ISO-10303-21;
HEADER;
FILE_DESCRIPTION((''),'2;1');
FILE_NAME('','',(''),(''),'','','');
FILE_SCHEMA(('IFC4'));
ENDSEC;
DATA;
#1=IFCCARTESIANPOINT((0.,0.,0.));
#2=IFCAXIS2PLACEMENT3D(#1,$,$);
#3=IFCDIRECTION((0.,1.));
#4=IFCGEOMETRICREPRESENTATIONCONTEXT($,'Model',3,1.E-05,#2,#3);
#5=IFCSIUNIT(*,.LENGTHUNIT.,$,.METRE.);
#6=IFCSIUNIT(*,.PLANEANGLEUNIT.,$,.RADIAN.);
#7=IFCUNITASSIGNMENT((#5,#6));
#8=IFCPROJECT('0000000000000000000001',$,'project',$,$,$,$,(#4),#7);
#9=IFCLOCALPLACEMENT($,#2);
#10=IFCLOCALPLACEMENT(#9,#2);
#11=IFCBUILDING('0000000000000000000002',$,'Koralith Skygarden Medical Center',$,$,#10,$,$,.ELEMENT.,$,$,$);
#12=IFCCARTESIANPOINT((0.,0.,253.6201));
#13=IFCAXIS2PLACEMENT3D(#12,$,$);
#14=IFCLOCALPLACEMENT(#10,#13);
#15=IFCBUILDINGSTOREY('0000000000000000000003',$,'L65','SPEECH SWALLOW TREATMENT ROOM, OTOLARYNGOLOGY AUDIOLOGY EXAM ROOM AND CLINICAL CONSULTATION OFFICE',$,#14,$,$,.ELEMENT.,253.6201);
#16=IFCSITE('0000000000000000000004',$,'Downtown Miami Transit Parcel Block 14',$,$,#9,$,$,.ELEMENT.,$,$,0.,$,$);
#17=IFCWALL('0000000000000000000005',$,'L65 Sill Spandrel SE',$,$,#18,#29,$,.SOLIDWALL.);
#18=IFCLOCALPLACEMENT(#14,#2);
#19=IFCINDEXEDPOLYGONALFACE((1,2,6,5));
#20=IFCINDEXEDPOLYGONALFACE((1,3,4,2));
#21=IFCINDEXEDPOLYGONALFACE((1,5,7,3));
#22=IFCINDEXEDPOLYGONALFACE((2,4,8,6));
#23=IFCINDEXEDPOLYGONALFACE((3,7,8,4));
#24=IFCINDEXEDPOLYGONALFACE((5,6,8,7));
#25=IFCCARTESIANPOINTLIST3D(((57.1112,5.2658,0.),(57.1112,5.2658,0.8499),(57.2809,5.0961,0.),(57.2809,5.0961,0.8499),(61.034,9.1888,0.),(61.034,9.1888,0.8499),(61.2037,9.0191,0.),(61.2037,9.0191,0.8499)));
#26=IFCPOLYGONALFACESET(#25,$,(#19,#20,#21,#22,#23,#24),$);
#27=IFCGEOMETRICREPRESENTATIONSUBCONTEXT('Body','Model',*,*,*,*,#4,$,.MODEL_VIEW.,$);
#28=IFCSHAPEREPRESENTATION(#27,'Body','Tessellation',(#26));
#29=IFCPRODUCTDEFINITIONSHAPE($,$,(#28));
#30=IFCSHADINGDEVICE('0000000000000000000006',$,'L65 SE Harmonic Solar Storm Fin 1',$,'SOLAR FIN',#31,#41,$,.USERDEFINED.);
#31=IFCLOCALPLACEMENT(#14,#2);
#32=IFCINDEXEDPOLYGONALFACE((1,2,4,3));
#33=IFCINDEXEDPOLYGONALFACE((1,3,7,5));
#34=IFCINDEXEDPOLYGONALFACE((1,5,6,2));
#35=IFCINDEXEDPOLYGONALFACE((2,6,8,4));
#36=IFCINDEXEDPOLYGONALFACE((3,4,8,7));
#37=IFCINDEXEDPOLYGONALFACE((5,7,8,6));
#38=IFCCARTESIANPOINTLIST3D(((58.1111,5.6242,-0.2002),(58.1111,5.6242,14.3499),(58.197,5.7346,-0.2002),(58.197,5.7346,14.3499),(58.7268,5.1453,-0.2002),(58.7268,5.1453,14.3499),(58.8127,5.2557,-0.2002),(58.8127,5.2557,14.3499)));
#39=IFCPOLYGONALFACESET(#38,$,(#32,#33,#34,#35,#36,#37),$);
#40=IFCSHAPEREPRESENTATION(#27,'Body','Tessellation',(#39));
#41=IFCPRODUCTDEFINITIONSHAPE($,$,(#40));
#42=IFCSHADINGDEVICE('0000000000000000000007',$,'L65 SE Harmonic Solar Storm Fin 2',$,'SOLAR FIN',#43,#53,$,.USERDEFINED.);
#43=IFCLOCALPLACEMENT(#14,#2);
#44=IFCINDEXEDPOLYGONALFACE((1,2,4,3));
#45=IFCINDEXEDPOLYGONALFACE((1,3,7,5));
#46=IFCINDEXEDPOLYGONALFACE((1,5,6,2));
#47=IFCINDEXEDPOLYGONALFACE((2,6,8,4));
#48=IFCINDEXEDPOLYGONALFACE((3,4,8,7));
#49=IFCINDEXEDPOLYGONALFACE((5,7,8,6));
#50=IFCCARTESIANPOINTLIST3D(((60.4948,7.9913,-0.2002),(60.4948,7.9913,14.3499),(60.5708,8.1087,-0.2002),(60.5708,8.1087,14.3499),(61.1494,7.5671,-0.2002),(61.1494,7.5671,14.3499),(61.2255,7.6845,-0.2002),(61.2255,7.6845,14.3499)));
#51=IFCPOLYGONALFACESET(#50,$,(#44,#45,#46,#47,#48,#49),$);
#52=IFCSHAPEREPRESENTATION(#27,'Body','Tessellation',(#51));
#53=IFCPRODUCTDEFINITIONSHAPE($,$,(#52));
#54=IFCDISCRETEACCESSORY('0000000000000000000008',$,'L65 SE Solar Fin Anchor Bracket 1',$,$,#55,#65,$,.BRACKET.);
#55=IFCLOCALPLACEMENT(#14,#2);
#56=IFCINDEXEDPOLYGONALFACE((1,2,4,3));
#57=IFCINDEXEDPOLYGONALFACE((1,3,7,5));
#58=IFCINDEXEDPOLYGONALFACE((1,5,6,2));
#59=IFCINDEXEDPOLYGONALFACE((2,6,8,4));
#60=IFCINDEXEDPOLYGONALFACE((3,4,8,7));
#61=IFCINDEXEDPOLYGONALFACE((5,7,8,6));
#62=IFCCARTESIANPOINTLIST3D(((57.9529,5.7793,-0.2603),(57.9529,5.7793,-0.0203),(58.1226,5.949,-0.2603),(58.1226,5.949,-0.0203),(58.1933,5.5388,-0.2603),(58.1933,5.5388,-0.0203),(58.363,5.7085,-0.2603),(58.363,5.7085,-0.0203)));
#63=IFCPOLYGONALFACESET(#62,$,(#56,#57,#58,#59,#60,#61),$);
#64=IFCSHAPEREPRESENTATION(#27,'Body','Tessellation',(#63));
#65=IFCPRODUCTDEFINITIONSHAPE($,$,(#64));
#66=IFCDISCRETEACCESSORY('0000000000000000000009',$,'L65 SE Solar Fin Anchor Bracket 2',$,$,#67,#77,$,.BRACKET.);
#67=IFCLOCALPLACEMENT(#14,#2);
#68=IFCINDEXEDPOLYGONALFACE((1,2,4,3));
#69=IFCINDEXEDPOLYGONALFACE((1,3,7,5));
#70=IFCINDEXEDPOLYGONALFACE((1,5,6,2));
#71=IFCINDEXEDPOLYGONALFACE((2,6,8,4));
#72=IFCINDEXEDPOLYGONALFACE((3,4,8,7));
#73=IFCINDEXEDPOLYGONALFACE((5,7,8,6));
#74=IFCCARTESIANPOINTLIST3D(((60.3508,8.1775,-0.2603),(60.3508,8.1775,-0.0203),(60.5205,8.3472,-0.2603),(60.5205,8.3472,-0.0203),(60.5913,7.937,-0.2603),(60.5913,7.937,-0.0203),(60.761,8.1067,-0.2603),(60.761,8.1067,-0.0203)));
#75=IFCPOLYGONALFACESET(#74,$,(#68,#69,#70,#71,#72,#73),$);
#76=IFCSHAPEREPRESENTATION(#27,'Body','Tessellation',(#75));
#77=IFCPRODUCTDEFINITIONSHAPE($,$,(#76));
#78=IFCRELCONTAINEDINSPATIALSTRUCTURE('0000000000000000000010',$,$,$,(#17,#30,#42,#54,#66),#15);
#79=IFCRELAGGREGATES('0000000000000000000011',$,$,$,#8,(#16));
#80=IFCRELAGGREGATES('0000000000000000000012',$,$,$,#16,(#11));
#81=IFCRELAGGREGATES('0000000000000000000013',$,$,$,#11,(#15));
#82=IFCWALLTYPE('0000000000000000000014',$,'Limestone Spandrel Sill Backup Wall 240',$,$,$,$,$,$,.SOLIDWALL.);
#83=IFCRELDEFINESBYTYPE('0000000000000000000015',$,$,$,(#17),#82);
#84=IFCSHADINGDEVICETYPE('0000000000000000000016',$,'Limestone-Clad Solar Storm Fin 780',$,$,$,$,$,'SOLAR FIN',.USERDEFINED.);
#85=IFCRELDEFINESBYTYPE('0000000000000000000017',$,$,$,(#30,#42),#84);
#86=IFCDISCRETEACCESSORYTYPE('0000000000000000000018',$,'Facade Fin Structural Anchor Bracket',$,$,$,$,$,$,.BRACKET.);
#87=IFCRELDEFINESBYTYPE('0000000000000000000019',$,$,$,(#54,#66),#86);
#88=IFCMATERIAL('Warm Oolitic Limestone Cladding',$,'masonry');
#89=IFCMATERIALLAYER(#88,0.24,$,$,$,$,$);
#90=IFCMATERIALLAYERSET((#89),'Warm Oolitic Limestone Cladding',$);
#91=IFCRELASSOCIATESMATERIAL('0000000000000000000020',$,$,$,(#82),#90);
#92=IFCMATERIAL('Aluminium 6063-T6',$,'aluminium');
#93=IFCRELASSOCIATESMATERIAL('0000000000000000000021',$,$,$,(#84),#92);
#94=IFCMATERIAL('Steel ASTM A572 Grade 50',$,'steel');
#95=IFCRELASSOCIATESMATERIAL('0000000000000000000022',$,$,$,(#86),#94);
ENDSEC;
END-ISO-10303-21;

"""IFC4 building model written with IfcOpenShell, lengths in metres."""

from ifc_helpers import new_model, si_unit, direction, frame, frame_2d, origin, origin_2d, place, context, subcontext, project, spatial, rectangle, extrude, material, layer, layer_set, type_object, element, save


model = new_model("IFC4")

# Units and contexts
model_context = context("Model", 3, precision=1e-05, world=origin(), true_north=direction((0.0, 1.0)))
body_context = subcontext(model_context, "Body", "Model", "MODEL_VIEW")
ifc_project = project(units=[si_unit("LENGTHUNIT", "METRE"), si_unit("PLANEANGLEUNIT", "RADIAN")], contexts=[model_context])

# Site, building, storey
site_placement = place(None, origin())
site = spatial("IfcSite", under=ifc_project, at=site_placement, Name="Downtown Miami Transit Parcel Block 14", CompositionType="ELEMENT", RefElevation=0.0)
building_placement = place(site_placement, origin())
building = spatial("IfcBuilding", under=site, at=building_placement, Name="Koralith Skygarden Medical Center", CompositionType="ELEMENT")
storey_placement = place(building_placement, frame((0.0, 0.0, 253.6201)))
storey = spatial("IfcBuildingStorey", under=building, at=storey_placement, Name="L65", Description="SPEECH SWALLOW TREATMENT ROOM, OTOLARYNGOLOGY AUDIOLOGY EXAM ROOM AND CLINICAL CONSULTATION OFFICE", CompositionType="ELEMENT", Elevation=253.6201)

# Shared definitions
ifc_material_1 = material(Name="Aluminium 6063-T6", Category="aluminium")

# Shared definitions
ifc_material_2 = material(Name="Warm Oolitic Limestone Cladding", Category="masonry")

# Wall
ifc_layer_1 = layer(ifc_material_2, 0.24)
ifc_layer_set_1 = layer_set([ifc_layer_1], Name="Warm Oolitic Limestone Cladding")
wall_type = type_object("IfcWallType", Name="Limestone Spandrel Sill Backup Wall 240", PredefinedType="SOLIDWALL", material=ifc_layer_set_1)
wall_placement = place(storey_placement, frame((57.196, 5.1809, 0.0), z_axis=(0.0, 0.0, 1.0), x_axis=(0.707085, 0.707129, 0.0)))
element("IfcWall", 1, at=wall_placement, inside=storey, type_object=wall_type, Name="L65 Sill Spandrel SE", PredefinedType="SOLIDWALL", context=body_context, shape_type="SweptSolid", body=[
    extrude(rectangle(XDim=5.5479, YDim=0.24, at=frame_2d((2.7739, 0.0))), origin(), (0.0, 0.0, 1.0), 0.8499),
])

# Shading devices
shading_device_type = type_object("IfcShadingDeviceType", Name="Limestone-Clad Solar Storm Fin 780", ElementType="SOLAR FIN", PredefinedType="USERDEFINED", material=ifc_material_1)
for number, where, z_axis, x_axis, name in (
    (2, (58.4619, 5.4399, -0.2002), (0.0, 0.0, 1.0), (0.789331, -0.613968, 0.0), "L65 SE Harmonic Solar Storm Fin 1"),
    (3, (60.8601, 7.8379, -0.2002), (0.0, 0.0, 1.0), (0.839221, -0.54379, 0.0), "L65 SE Harmonic Solar Storm Fin 2"),
):
    element("IfcShadingDevice", number, at=place(storey_placement, frame(where, z_axis=z_axis, x_axis=x_axis)), inside=storey, type_object=shading_device_type, Name=name, ObjectType="SOLAR FIN", PredefinedType="USERDEFINED", context=body_context, shape_type="SweptSolid", body=[
        extrude(rectangle(XDim=0.78, YDim=0.1399, at=origin_2d()), origin(), (0.0, 0.0, 1.0), 14.55),
    ])

# Discrete accessories
ifc_material_3 = material(Name="Steel ASTM A572 Grade 50", Category="steel")
discrete_accessory_type = type_object("IfcDiscreteAccessoryType", Name="Facade Fin Structural Anchor Bracket", PredefinedType="BRACKET", material=ifc_material_3)
for number, where, z_axis, x_axis, name in (
    (4, (58.158, 5.7439, -0.2603), (0.0, 0.0, 1.0), (0.707107, -0.707107, 0.0), "L65 SE Solar Fin Anchor Bracket 1"),
    (5, (60.5559, 8.1421, -0.2603), (0.0, 0.0, 1.0), (0.707107, -0.707107, 0.0), "L65 SE Solar Fin Anchor Bracket 2"),
):
    element("IfcDiscreteAccessory", number, at=place(storey_placement, frame(where, z_axis=z_axis, x_axis=x_axis)), inside=storey, type_object=discrete_accessory_type, Name=name, PredefinedType="BRACKET", context=body_context, shape_type="SweptSolid", body=[
        extrude(rectangle(XDim=0.3401, YDim=0.24, at=origin_2d()), origin(), (0.0, 0.0, 1.0), 0.24),
    ])

save(model, "model.ifc")
